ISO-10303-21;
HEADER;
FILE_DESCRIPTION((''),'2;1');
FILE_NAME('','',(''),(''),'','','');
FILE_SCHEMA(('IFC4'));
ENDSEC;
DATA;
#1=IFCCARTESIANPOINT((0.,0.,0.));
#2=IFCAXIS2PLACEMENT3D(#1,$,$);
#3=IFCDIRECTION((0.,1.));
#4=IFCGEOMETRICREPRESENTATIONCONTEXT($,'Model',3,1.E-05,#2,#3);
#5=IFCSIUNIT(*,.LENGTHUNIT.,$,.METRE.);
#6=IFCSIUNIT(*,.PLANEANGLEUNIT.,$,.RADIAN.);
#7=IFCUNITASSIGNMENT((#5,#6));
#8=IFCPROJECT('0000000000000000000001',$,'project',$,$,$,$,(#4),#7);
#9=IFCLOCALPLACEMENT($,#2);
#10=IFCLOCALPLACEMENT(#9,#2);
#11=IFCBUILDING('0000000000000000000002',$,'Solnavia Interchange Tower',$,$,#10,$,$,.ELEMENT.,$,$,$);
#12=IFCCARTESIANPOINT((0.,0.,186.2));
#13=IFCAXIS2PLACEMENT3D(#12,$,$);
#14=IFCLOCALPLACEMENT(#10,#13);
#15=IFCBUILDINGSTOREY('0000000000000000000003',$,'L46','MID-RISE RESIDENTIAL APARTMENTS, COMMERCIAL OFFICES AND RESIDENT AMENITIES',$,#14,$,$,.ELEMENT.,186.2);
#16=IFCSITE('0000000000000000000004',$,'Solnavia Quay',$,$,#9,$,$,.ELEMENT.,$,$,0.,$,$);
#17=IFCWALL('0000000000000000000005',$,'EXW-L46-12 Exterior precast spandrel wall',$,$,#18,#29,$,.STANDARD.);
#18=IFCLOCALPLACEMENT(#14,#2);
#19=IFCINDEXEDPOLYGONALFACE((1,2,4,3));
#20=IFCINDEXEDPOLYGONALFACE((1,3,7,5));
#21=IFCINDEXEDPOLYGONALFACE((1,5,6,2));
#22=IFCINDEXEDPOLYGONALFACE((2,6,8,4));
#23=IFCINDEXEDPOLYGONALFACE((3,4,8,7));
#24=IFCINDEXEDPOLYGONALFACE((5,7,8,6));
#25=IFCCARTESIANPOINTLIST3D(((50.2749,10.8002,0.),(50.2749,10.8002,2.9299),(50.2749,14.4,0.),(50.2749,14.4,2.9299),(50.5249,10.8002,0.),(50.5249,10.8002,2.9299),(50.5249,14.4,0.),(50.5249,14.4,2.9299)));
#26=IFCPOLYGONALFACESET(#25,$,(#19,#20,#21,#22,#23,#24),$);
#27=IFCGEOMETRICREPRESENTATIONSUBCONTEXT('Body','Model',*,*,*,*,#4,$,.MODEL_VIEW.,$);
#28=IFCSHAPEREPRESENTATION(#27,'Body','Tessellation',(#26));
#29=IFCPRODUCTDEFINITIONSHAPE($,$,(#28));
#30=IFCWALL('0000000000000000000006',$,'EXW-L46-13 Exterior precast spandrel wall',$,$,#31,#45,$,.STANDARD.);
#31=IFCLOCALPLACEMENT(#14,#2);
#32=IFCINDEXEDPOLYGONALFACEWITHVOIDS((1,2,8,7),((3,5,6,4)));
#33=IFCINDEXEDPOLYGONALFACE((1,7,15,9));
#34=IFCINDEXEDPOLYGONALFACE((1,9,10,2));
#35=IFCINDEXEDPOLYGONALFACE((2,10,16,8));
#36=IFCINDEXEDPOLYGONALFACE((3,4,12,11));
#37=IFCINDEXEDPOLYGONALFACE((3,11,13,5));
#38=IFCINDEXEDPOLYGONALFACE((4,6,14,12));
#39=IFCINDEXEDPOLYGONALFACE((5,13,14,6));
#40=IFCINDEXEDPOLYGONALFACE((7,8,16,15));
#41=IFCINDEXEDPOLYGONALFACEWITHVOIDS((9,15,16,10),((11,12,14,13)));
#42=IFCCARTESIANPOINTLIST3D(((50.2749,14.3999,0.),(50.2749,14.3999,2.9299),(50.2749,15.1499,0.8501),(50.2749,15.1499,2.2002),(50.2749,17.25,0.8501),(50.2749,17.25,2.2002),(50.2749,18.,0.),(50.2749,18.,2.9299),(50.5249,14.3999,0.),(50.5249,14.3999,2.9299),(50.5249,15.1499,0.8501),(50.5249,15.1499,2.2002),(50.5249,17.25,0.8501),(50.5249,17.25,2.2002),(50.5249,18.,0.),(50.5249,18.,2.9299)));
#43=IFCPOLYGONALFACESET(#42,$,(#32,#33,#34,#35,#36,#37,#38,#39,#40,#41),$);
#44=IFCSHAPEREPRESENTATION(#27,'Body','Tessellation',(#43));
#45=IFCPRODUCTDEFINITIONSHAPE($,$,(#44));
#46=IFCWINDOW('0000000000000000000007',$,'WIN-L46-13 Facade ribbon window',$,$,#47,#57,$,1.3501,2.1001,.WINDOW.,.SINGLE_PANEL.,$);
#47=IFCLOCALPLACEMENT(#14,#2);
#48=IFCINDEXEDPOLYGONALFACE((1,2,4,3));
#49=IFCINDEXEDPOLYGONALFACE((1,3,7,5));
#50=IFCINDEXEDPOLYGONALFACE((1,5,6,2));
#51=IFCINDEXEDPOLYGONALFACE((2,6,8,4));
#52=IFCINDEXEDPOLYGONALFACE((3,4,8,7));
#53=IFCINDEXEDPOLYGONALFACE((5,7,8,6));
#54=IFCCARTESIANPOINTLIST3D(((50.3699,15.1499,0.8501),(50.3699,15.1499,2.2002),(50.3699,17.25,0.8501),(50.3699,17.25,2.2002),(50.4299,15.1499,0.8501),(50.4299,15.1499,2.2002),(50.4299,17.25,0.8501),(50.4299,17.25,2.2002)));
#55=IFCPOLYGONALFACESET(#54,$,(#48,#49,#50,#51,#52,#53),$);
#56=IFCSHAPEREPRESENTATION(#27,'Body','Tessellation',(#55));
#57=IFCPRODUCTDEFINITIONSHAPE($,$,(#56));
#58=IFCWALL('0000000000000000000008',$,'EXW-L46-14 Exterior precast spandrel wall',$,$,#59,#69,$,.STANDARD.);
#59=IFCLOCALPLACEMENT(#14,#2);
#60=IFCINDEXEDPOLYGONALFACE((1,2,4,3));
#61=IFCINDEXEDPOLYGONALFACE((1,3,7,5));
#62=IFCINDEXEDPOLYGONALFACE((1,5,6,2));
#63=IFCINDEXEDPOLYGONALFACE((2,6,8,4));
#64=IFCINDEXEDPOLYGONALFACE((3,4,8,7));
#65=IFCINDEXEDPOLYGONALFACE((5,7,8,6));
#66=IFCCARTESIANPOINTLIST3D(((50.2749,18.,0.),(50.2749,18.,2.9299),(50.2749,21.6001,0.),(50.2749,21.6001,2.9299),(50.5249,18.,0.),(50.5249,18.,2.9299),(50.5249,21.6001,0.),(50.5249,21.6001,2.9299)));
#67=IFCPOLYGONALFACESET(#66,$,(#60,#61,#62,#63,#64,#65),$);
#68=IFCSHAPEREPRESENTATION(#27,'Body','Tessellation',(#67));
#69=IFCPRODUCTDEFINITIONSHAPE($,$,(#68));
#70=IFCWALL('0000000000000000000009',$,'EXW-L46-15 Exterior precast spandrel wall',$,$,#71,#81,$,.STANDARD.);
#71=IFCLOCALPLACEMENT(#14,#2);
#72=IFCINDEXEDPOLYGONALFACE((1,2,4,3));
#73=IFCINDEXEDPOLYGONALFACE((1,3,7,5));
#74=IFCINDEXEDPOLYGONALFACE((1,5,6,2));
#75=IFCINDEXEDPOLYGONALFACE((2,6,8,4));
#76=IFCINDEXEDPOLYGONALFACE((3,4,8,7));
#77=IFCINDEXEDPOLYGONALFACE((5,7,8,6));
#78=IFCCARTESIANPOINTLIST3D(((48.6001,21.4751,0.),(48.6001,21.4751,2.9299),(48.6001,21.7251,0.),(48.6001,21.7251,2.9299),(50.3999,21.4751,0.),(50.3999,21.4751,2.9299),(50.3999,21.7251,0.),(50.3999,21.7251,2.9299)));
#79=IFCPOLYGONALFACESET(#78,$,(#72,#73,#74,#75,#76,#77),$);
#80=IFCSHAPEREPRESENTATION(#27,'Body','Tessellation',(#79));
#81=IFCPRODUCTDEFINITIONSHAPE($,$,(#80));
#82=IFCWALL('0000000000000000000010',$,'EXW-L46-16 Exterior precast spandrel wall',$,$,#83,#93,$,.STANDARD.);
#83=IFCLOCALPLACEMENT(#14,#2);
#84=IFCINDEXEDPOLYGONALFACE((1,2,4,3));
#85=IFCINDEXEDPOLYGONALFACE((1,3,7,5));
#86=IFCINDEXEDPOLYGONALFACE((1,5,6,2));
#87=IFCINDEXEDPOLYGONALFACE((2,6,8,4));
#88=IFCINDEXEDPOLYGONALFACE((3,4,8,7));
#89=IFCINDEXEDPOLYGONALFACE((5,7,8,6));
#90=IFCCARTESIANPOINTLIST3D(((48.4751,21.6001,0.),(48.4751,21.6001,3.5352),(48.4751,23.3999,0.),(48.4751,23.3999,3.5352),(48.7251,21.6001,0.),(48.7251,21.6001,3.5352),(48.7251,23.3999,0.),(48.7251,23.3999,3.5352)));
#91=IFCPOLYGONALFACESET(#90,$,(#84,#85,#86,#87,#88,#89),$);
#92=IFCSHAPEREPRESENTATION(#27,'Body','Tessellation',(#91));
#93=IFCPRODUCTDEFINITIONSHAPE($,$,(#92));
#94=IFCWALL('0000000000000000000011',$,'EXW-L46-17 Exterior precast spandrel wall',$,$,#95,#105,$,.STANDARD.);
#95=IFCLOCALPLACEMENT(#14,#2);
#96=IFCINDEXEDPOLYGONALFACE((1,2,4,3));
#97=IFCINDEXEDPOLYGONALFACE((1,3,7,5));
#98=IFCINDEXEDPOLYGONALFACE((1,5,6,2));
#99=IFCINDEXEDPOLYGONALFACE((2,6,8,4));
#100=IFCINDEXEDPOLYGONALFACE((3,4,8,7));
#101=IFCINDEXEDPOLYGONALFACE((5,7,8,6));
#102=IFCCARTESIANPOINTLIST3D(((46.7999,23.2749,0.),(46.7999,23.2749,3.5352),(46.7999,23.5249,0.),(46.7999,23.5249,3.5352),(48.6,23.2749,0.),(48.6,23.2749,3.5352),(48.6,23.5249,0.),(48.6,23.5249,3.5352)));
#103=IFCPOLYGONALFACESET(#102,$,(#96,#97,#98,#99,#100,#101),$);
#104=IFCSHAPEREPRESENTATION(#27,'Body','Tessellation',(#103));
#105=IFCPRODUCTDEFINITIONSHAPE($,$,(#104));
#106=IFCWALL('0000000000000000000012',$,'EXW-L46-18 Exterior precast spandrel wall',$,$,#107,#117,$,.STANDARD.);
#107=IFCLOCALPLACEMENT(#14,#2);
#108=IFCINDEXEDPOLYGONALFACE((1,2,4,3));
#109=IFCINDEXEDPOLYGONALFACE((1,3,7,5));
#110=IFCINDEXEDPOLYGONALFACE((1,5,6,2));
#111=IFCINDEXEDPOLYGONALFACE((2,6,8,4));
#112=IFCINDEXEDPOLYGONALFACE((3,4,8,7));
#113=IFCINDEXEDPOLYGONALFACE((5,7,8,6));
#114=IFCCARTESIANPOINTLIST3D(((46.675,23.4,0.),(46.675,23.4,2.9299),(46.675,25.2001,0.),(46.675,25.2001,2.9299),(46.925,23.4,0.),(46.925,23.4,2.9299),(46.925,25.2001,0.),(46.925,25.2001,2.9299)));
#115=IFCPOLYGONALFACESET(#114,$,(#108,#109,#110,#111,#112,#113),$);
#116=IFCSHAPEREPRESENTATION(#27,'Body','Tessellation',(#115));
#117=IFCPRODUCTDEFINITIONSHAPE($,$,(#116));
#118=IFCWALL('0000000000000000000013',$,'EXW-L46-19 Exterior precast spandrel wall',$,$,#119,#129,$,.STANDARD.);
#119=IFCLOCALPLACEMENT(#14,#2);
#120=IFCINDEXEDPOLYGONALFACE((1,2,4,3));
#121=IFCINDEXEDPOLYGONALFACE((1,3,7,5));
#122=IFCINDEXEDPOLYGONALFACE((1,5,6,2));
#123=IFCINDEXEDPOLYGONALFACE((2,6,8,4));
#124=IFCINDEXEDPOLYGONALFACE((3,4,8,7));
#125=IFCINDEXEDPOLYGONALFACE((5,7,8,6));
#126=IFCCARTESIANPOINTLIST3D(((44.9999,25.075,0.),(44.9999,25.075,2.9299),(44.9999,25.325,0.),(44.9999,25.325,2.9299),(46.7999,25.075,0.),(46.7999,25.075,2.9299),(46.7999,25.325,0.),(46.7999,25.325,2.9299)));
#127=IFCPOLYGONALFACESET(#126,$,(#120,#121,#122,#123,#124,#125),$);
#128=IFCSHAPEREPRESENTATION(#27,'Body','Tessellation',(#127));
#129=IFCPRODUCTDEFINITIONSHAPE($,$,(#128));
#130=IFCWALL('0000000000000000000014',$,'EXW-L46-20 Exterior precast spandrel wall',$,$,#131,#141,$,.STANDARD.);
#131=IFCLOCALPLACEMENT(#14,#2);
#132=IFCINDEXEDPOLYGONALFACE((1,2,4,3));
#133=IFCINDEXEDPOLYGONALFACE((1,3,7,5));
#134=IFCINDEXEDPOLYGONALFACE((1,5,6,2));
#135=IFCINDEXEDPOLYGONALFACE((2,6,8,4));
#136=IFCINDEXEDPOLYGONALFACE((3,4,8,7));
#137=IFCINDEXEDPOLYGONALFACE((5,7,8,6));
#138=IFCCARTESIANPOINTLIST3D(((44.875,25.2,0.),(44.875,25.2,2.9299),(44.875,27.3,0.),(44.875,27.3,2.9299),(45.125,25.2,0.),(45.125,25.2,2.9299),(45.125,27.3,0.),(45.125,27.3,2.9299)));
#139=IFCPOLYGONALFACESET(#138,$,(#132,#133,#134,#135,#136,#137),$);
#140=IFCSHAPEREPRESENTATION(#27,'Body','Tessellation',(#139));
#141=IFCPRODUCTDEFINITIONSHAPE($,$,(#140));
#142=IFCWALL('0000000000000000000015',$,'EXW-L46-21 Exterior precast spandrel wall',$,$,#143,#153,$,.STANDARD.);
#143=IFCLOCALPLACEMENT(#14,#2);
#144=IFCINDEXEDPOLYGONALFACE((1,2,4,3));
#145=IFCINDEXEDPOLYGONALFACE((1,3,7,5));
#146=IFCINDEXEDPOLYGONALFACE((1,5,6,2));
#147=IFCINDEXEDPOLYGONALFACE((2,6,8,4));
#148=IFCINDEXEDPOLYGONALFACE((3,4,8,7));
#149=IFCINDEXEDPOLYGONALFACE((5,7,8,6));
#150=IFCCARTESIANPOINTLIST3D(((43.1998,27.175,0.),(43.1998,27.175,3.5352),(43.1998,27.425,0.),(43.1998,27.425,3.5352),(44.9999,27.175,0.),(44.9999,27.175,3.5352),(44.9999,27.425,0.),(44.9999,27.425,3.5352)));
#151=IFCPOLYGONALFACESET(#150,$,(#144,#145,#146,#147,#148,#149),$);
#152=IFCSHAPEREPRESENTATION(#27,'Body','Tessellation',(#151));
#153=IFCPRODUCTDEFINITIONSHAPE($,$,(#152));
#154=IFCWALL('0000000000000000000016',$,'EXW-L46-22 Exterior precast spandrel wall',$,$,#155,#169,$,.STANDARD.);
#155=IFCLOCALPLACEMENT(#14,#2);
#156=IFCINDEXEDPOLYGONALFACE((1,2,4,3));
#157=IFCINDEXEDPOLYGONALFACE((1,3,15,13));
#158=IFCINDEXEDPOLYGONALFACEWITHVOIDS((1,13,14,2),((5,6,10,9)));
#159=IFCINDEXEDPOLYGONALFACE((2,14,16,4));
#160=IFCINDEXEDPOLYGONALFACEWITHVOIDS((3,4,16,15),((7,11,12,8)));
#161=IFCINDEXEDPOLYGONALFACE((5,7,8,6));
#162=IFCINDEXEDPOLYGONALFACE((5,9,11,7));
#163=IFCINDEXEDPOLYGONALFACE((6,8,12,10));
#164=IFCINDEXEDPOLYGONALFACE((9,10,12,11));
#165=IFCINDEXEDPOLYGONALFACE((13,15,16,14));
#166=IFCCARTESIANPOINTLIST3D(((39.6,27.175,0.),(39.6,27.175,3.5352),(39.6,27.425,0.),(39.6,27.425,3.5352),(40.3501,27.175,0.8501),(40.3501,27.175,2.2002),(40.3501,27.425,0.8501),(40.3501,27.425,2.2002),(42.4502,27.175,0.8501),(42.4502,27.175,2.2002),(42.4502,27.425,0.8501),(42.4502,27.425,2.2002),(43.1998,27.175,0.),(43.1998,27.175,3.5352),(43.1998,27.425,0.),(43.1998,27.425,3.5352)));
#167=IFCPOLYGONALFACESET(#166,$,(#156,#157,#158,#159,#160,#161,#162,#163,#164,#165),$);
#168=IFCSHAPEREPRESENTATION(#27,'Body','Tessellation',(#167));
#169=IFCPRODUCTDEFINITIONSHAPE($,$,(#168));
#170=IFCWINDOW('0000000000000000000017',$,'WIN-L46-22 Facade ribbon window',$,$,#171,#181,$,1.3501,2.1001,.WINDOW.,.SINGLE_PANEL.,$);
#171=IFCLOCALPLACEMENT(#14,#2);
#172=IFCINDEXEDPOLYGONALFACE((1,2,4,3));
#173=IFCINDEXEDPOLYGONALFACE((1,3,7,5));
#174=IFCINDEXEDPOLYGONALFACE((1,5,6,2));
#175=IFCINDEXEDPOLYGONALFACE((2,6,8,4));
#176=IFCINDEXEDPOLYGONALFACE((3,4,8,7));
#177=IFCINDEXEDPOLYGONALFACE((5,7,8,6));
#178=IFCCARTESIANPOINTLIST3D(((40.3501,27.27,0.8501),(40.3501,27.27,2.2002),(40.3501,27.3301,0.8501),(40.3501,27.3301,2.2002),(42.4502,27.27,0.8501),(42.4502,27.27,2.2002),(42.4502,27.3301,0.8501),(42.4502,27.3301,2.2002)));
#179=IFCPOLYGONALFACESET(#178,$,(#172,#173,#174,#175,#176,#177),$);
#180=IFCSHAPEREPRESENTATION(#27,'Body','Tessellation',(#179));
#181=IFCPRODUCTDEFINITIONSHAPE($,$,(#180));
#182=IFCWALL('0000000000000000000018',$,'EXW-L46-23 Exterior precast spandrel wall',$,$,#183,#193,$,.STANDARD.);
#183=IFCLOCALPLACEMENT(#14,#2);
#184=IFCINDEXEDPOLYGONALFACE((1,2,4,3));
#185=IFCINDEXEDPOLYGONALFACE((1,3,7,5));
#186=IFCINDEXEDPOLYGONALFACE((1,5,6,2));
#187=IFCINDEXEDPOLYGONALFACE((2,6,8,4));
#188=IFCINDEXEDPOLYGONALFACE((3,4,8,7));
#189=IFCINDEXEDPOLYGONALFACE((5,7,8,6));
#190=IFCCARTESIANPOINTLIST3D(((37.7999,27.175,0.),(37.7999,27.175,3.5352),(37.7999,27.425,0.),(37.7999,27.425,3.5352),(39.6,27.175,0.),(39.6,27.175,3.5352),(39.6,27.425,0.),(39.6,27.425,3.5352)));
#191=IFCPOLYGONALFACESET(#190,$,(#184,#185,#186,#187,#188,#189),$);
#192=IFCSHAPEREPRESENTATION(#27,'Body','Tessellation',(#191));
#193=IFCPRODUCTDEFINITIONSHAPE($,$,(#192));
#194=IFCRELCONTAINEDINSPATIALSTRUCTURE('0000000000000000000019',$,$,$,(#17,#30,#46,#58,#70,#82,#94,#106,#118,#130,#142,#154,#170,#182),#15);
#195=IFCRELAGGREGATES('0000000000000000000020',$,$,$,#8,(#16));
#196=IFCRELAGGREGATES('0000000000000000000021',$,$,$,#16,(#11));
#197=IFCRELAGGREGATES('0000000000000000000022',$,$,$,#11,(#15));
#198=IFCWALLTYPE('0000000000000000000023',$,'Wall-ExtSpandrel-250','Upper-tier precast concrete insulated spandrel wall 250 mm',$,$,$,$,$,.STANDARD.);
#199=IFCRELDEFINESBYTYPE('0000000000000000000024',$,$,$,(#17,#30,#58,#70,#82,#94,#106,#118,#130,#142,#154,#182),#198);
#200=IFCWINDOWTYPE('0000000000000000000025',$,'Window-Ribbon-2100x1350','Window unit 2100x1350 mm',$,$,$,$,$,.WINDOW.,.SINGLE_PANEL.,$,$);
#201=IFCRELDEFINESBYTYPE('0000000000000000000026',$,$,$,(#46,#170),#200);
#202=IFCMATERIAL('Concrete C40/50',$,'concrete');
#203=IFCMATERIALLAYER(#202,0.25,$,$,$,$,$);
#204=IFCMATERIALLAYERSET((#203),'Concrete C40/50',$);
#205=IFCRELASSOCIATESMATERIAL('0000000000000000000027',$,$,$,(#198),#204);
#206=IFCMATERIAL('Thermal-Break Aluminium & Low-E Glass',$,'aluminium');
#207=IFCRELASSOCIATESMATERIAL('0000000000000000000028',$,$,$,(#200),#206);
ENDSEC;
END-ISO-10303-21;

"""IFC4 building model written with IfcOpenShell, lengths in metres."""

from ifc_helpers import new_model, si_unit, direction, frame, frame_2d, origin, place, context, subcontext, project, spatial, rectangle, extrude, material, layer, layer_set, type_object, element, fill, save


model = new_model("IFC4")

# Units and contexts
model_context = context("Model", 3, precision=1e-05, world=origin(), true_north=direction((0.0, 1.0)))
body_context = subcontext(model_context, "Body", "Model", "MODEL_VIEW")
ifc_project = project(units=[si_unit("LENGTHUNIT", "METRE"), si_unit("PLANEANGLEUNIT", "RADIAN")], contexts=[model_context])

# Site, building, storey
site_placement = place(None, origin())
site = spatial("IfcSite", under=ifc_project, at=site_placement, Name="Solnavia Quay", CompositionType="ELEMENT", RefElevation=0.0)
building_placement = place(site_placement, origin())
building = spatial("IfcBuilding", under=site, at=building_placement, Name="Solnavia Interchange Tower", CompositionType="ELEMENT")
storey_placement = place(building_placement, frame((0.0, 0.0, 186.2)))
storey = spatial("IfcBuildingStorey", under=building, at=storey_placement, Name="L46", Description="MID-RISE RESIDENTIAL APARTMENTS, COMMERCIAL OFFICES AND RESIDENT AMENITIES", CompositionType="ELEMENT", Elevation=186.2)

# Wall
ifc_material_1 = material(Name="Concrete C40/50", Category="concrete")
ifc_layer_1 = layer(ifc_material_1, 0.25)
ifc_layer_set_1 = layer_set([ifc_layer_1], Name="Concrete C40/50")
wall_type_1 = type_object("IfcWallType", Name="Wall-ExtSpandrel-250", Description="Upper-tier precast concrete insulated spandrel wall 250 mm", PredefinedType="STANDARD", material=ifc_layer_set_1)
wall_1_placement = place(storey_placement, frame((50.3999, 14.3999, 0.0), z_axis=(0.0, 0.0, 1.0), x_axis=(0.0, -1.0, 0.0)))
element("IfcWall", 1, at=wall_1_placement, inside=storey, type_object=wall_type_1, Name="EXW-L46-12 Exterior precast spandrel wall", PredefinedType="STANDARD", context=body_context, shape_type="SweptSolid", body=[
    extrude(rectangle(XDim=3.5999, YDim=0.25, at=frame_2d((1.7998, 0.0))), origin(), (0.0, 0.0, 1.0), 2.9299),
])

# Wall, opening, window
wall_2_placement = place(storey_placement, frame((50.3999, 18.0, 0.0), z_axis=(0.0, 0.0, 1.0), x_axis=(0.0, -1.0, 0.0)))
wall_2 = element("IfcWall", 2, at=wall_2_placement, inside=storey, type_object=wall_type_1, Name="EXW-L46-13 Exterior precast spandrel wall", PredefinedType="STANDARD", context=body_context, shape_type="SweptSolid", body=[
    extrude(rectangle(XDim=3.6001, YDim=0.25, at=frame_2d((1.8, 0.0))), origin(), (0.0, 0.0, 1.0), 2.9299),
])
opening_1_placement = place(wall_2_placement, frame((0.75, 0.0, 0.8501)))
opening_1 = element("IfcOpeningElement", 3, at=opening_1_placement, cuts=wall_2, PredefinedType="OPENING", context=body_context, shape_type="SweptSolid", body=[
    extrude(rectangle(XDim=2.1001, YDim=1.3501, at=frame_2d((1.05, 0.675))), frame((0.0, 0.135, 0.0), z_axis=(0.0, -1.0, 0.0), x_axis=(1.0, 0.0, 0.0)), (0.0, 0.0, 1.0), 0.27),
])
ifc_material_2 = material(Name="Thermal-Break Aluminium & Low-E Glass", Category="aluminium")
window_type = type_object("IfcWindowType", Name="Window-Ribbon-2100x1350", Description="Window unit 2100x1350 mm", PartitioningType="SINGLE_PANEL", PredefinedType="WINDOW", material=ifc_material_2)
window_1_placement = place(opening_1_placement, origin())
window_1 = element("IfcWindow", 4, at=window_1_placement, inside=storey, type_object=window_type, Name="WIN-L46-13 Facade ribbon window", OverallHeight=1.3501, OverallWidth=2.1001, PartitioningType="SINGLE_PANEL", PredefinedType="WINDOW", context=body_context, shape_type="SweptSolid", body=[
    extrude(rectangle(XDim=2.1001, YDim=1.3501, at=frame_2d((1.05, 0.675))), frame((0.0, 0.03, 0.0), z_axis=(0.0, -1.0, 0.0), x_axis=(1.0, 0.0, 0.0)), (0.0, 0.0, 1.0), 0.0601),
])
fill(opening_1, window_1)

# Walls
wall_3_placement = place(storey_placement, frame((50.3999, 21.6001, 0.0), z_axis=(0.0, 0.0, 1.0), x_axis=(0.0, -1.0, 0.0)))
element("IfcWall", 5, at=wall_3_placement, inside=storey, type_object=wall_type_1, Name="EXW-L46-14 Exterior precast spandrel wall", PredefinedType="STANDARD", context=body_context, shape_type="SweptSolid", body=[
    extrude(rectangle(XDim=3.6001, YDim=0.25, at=frame_2d((1.8, 0.0))), origin(), (0.0, 0.0, 1.0), 2.9299),
])
wall_4_placement = place(storey_placement, frame((48.6001, 21.6001, 0.0), z_axis=(0.0, 0.0, 1.0), x_axis=(1.0, 0.0, 0.0)))
element("IfcWall", 6, at=wall_4_placement, inside=storey, type_object=wall_type_1, Name="EXW-L46-15 Exterior precast spandrel wall", PredefinedType="STANDARD", context=body_context, shape_type="SweptSolid", body=[
    extrude(rectangle(XDim=1.7998, YDim=0.25, at=frame_2d((0.8999, 0.0))), origin(), (0.0, 0.0, 1.0), 2.9299),
])
wall_5_placement = place(storey_placement, frame((48.6001, 23.3999, 0.0), z_axis=(0.0, 0.0, 1.0), x_axis=(0.0, -1.0, 0.0)))
element("IfcWall", 7, at=wall_5_placement, inside=storey, type_object=wall_type_1, Name="EXW-L46-16 Exterior precast spandrel wall", PredefinedType="STANDARD", context=body_context, shape_type="SweptSolid", body=[
    extrude(rectangle(XDim=1.7998, YDim=0.25, at=frame_2d((0.8999, 0.0))), origin(), (0.0, 0.0, 1.0), 3.5352),
])
wall_6_placement = place(storey_placement, frame((46.8, 23.3999, 0.0), z_axis=(0.0, 0.0, 1.0), x_axis=(1.0, 0.0, 0.0)))
element("IfcWall", 8, at=wall_6_placement, inside=storey, type_object=wall_type_1, Name="EXW-L46-17 Exterior precast spandrel wall", PredefinedType="STANDARD", context=body_context, shape_type="SweptSolid", body=[
    extrude(rectangle(XDim=1.8, YDim=0.25, at=frame_2d((0.8999, 0.0))), origin(), (0.0, 0.0, 1.0), 3.5352),
])
for number, where, z_axis, x_axis, name in (
    (9, (46.8, 25.2, 0.0), (0.0, 0.0, 1.0), (0.0, -1.0, 0.0), "EXW-L46-18 Exterior precast spandrel wall"),
    (10, (45.0, 25.2, 0.0), (0.0, 0.0, 1.0), (1.0, 0.0, 0.0), "EXW-L46-19 Exterior precast spandrel wall"),
):
    element("IfcWall", number, at=place(storey_placement, frame(where, z_axis=z_axis, x_axis=x_axis)), inside=storey, type_object=wall_type_1, Name=name, PredefinedType="STANDARD", context=body_context, shape_type="SweptSolid", body=[
        extrude(rectangle(XDim=1.8, YDim=0.25, at=frame_2d((0.8999, 0.0))), origin(), (0.0, 0.0, 1.0), 2.9299),
    ])
wall_7_placement = place(storey_placement, frame((45.0, 27.3, 0.0), z_axis=(0.0, 0.0, 1.0), x_axis=(0.0, -1.0, 0.0)))
element("IfcWall", 11, at=wall_7_placement, inside=storey, type_object=wall_type_1, Name="EXW-L46-20 Exterior precast spandrel wall", PredefinedType="STANDARD", context=body_context, shape_type="SweptSolid", body=[
    extrude(rectangle(XDim=2.1001, YDim=0.25, at=frame_2d((1.05, 0.0))), origin(), (0.0, 0.0, 1.0), 2.9299),
])
wall_8_placement = place(storey_placement, frame((43.2, 27.3, 0.0), z_axis=(0.0, 0.0, 1.0), x_axis=(1.0, 0.0, 0.0)))
element("IfcWall", 12, at=wall_8_placement, inside=storey, type_object=wall_type_1, Name="EXW-L46-21 Exterior precast spandrel wall", PredefinedType="STANDARD", context=body_context, shape_type="SweptSolid", body=[
    extrude(rectangle(XDim=1.8, YDim=0.25, at=frame_2d((0.8999, 0.0))), origin(), (0.0, 0.0, 1.0), 3.5352),
])

# Wall, opening, window
wall_9_placement = place(storey_placement, frame((39.6001, 27.3, 0.0), z_axis=(0.0, 0.0, 1.0), x_axis=(1.0, 0.0, 0.0)))
wall_9 = element("IfcWall", 13, at=wall_9_placement, inside=storey, type_object=wall_type_1, Name="EXW-L46-22 Exterior precast spandrel wall", PredefinedType="STANDARD", context=body_context, shape_type="SweptSolid", body=[
    extrude(rectangle(XDim=3.5999, YDim=0.25, at=frame_2d((1.7998, 0.0))), origin(), (0.0, 0.0, 1.0), 3.5352),
])
opening_2_placement = place(wall_9_placement, frame((0.75, 0.0, 0.8501)))
opening_2 = element("IfcOpeningElement", 14, at=opening_2_placement, cuts=wall_9, PredefinedType="OPENING", context=body_context, shape_type="SweptSolid", body=[
    extrude(rectangle(XDim=2.1001, YDim=1.3501, at=frame_2d((1.05, 0.675))), frame((0.0, 0.135, 0.0), z_axis=(0.0, -1.0, 0.0), x_axis=(1.0, 0.0, 0.0)), (0.0, 0.0, 1.0), 0.27),
])
window_2_placement = place(opening_2_placement, origin())
window_2 = element("IfcWindow", 15, at=window_2_placement, inside=storey, type_object=window_type, Name="WIN-L46-22 Facade ribbon window", OverallHeight=1.3501, OverallWidth=2.1001, PartitioningType="SINGLE_PANEL", PredefinedType="WINDOW", context=body_context, shape_type="SweptSolid", body=[
    extrude(rectangle(XDim=2.1001, YDim=1.3501, at=frame_2d((1.05, 0.675))), frame((0.0, 0.03, 0.0), z_axis=(0.0, -1.0, 0.0), x_axis=(1.0, 0.0, 0.0)), (0.0, 0.0, 1.0), 0.0601),
])
fill(opening_2, window_2)

# Wall
wall_10_placement = place(storey_placement, frame((37.8, 27.3, 0.0), z_axis=(0.0, 0.0, 1.0), x_axis=(1.0, 0.0, 0.0)))
element("IfcWall", 16, at=wall_10_placement, inside=storey, type_object=wall_type_1, Name="EXW-L46-23 Exterior precast spandrel wall", PredefinedType="STANDARD", context=body_context, shape_type="SweptSolid", body=[
    extrude(rectangle(XDim=1.8, YDim=0.25, at=frame_2d((0.8999, 0.0))), origin(), (0.0, 0.0, 1.0), 3.5352),
])

save(model, "model.ifc")
